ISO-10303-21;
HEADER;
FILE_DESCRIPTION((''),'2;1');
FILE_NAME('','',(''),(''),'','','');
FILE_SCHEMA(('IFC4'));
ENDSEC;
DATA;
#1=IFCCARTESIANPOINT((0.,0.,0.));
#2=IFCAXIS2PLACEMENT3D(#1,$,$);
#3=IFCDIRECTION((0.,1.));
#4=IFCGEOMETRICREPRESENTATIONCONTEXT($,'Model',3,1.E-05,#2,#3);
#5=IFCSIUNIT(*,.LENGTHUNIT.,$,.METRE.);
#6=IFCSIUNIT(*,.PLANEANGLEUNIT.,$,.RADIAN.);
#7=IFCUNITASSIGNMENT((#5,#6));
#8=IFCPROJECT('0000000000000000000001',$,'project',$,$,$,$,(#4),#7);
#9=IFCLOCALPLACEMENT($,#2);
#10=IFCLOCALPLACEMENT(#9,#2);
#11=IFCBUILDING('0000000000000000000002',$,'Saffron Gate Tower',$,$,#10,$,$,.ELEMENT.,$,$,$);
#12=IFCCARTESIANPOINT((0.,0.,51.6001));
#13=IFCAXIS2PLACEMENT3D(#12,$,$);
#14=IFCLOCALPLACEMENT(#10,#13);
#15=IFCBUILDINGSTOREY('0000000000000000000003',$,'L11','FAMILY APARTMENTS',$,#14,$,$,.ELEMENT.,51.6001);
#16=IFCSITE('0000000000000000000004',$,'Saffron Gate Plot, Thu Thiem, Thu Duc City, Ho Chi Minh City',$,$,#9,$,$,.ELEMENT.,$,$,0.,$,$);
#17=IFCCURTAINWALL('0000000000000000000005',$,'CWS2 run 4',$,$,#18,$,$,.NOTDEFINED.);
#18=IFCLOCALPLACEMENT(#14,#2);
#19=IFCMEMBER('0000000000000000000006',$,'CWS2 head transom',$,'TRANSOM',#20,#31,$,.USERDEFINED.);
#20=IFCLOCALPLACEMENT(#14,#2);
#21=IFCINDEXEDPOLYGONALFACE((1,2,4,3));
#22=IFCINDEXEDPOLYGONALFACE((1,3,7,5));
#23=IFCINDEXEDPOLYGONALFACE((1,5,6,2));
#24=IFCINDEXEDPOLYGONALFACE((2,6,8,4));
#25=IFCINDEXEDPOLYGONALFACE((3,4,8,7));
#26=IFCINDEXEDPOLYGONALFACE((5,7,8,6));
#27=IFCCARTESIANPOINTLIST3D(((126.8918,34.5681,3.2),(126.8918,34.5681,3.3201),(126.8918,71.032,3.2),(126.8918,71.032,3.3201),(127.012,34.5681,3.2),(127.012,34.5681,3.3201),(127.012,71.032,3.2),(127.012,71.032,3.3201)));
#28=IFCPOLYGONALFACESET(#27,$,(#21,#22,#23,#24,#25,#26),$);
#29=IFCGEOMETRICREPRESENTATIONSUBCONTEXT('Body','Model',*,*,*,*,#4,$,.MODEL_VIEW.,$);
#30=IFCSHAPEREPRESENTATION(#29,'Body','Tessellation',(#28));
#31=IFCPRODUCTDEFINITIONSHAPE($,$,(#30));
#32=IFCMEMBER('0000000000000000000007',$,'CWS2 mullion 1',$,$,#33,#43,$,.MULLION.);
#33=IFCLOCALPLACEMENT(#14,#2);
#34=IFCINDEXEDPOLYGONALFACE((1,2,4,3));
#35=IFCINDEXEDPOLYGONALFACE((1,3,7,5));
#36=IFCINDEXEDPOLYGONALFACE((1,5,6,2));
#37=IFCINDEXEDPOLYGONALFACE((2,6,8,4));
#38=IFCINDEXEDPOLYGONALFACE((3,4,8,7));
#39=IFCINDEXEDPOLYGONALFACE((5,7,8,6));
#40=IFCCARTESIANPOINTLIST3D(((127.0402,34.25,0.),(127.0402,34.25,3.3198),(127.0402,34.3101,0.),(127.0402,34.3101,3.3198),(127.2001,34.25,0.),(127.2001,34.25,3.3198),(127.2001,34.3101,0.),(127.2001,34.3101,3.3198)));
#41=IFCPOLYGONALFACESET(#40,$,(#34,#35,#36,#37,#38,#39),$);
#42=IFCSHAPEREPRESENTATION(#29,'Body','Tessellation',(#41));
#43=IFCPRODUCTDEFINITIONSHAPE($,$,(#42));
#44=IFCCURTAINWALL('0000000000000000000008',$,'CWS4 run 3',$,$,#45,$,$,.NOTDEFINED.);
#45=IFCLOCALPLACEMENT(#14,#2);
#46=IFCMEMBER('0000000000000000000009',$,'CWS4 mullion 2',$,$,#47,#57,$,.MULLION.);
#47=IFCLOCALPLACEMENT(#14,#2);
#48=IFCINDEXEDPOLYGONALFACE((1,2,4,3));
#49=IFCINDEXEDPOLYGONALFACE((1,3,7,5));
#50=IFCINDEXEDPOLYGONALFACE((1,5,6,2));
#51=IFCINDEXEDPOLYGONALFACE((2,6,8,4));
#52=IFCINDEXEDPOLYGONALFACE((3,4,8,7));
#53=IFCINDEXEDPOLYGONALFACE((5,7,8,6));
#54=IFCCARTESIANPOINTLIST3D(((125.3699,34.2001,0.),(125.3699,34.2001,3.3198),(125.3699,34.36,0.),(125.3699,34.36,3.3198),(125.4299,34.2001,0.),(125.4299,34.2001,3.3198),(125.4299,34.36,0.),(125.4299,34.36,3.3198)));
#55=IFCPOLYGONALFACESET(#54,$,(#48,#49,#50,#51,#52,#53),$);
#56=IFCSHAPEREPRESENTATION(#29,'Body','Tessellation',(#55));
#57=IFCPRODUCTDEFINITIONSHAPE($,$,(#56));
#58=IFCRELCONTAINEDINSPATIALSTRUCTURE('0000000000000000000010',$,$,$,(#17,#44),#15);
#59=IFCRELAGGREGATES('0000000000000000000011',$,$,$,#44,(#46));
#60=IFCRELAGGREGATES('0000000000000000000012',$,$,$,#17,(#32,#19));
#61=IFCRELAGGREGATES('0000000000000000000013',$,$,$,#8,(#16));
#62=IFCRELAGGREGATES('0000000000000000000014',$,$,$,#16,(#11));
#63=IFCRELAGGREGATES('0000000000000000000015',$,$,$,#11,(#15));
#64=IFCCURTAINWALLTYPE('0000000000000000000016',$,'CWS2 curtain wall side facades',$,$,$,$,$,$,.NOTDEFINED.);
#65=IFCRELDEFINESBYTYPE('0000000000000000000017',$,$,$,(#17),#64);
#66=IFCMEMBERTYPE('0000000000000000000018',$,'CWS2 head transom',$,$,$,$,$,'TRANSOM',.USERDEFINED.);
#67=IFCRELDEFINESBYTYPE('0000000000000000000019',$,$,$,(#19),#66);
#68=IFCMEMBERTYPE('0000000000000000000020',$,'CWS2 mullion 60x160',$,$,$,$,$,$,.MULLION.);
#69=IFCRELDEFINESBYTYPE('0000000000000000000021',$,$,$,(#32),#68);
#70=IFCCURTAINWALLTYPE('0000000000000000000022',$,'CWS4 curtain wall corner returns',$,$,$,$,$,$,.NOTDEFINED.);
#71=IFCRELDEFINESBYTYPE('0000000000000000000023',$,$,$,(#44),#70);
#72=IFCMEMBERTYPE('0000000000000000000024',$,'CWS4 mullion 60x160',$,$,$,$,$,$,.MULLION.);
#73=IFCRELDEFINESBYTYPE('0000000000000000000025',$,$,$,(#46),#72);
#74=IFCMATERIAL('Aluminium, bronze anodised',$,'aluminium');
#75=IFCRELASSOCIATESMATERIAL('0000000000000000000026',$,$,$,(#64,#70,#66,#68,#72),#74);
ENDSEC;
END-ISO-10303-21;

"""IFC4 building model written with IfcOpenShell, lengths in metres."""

from ifc_helpers import new_model, si_unit, direction, frame, origin, origin_2d, place, context, subcontext, project, spatial, rectangle, extrude, material, material_profile, profile_set, type_object, element, aggregate, save


model = new_model("IFC4")

# Units and contexts
model_context = context("Model", 3, precision=1e-05, world=origin(), true_north=direction((0.0, 1.0)))
body_context = subcontext(model_context, "Body", "Model", "MODEL_VIEW")
ifc_project = project(units=[si_unit("LENGTHUNIT", "METRE"), si_unit("PLANEANGLEUNIT", "RADIAN")], contexts=[model_context])

# Site, building, storey
site_placement = place(None, origin())
site = spatial("IfcSite", under=ifc_project, at=site_placement, Name="Saffron Gate Plot, Thu Thiem, Thu Duc City, Ho Chi Minh City", CompositionType="ELEMENT", RefElevation=0.0)
building_placement = place(site_placement, origin())
building = spatial("IfcBuilding", under=site, at=building_placement, Name="Saffron Gate Tower", CompositionType="ELEMENT")
storey_placement = place(building_placement, frame((0.0, 0.0, 51.6001)))
storey = spatial("IfcBuildingStorey", under=building, at=storey_placement, Name="L11", Description="FAMILY APARTMENTS", CompositionType="ELEMENT", Elevation=51.6001)

# Curtain wall, members
ifc_material_1 = material(Name="Aluminium, bronze anodised", Category="aluminium")
curtain_wall_type_1 = type_object("IfcCurtainWallType", Name="CWS2 curtain wall side facades", PredefinedType="NOTDEFINED", material=ifc_material_1)
curtain_wall_1_placement = place(storey_placement, origin())
curtain_wall_1 = element("IfcCurtainWall", 1, at=curtain_wall_1_placement, inside=storey, type_object=curtain_wall_type_1, Name="CWS2 run 4", PredefinedType="NOTDEFINED")
ifc_material_profile_1 = material_profile(ifc_material_1, rectangle(XDim=0.1201, YDim=0.1201, at=origin_2d()))
ifc_profile_set_1 = profile_set([ifc_material_profile_1], Name="Aluminium, bronze anodised")
member_type_1 = type_object("IfcMemberType", Name="CWS2 head transom", ElementType="TRANSOM", PredefinedType="USERDEFINED", material=ifc_profile_set_1)
member_1_placement = place(storey_placement, frame((126.9519, 34.5681, 3.26), z_axis=(0.0, 1.0, 0.0), x_axis=(-1.0, 0.0, 0.0)))
member_1 = element("IfcMember", 2, at=member_1_placement, type_object=member_type_1, Name="CWS2 head transom", ObjectType="TRANSOM", PredefinedType="USERDEFINED", context=body_context, shape_type="SweptSolid", body=[
    extrude(rectangle(XDim=0.1201, YDim=0.1201, at=origin_2d()), origin(), (0.0, 0.0, 1.0), 36.4639),
])
ifc_material_profile_2 = material_profile(ifc_material_1, rectangle(XDim=0.1599, YDim=0.0601, at=origin_2d()))
ifc_profile_set_2 = profile_set([ifc_material_profile_2], Name="Aluminium, bronze anodised")
member_type_2 = type_object("IfcMemberType", Name="CWS2 mullion 60x160", PredefinedType="MULLION", material=ifc_profile_set_2)
member_2_placement = place(storey_placement, frame((127.1201, 34.28, 0.0), z_axis=(0.0, 0.0, 1.0), x_axis=(-1.0, 0.0, 0.0)))
member_2 = element("IfcMember", 3, at=member_2_placement, type_object=member_type_2, Name="CWS2 mullion 1", PredefinedType="MULLION", context=body_context, shape_type="SweptSolid", body=[
    extrude(rectangle(XDim=0.1599, YDim=0.0601, at=origin_2d()), origin(), (0.0, 0.0, 1.0), 3.3198),
])

# Curtain wall, member
curtain_wall_type_2 = type_object("IfcCurtainWallType", Name="CWS4 curtain wall corner returns", PredefinedType="NOTDEFINED", material=ifc_material_1)
curtain_wall_2_placement = place(storey_placement, origin())
curtain_wall_2 = element("IfcCurtainWall", 4, at=curtain_wall_2_placement, inside=storey, type_object=curtain_wall_type_2, Name="CWS4 run 3", PredefinedType="NOTDEFINED")
ifc_material_profile_3 = material_profile(ifc_material_1, rectangle(XDim=0.1599, YDim=0.0601, at=origin_2d()))
ifc_profile_set_3 = profile_set([ifc_material_profile_3], Name="Aluminium, bronze anodised")
member_type_3 = type_object("IfcMemberType", Name="CWS4 mullion 60x160", PredefinedType="MULLION", material=ifc_profile_set_3)
member_3_placement = place(storey_placement, frame((125.3999, 34.28, 0.0), z_axis=(0.0, 0.0, 1.0), x_axis=(0.0, 1.0, 0.0)))
member_3 = element("IfcMember", 5, at=member_3_placement, type_object=member_type_3, Name="CWS4 mullion 2", PredefinedType="MULLION", context=body_context, shape_type="SweptSolid", body=[
    extrude(rectangle(XDim=0.1599, YDim=0.0601, at=origin_2d()), origin(), (0.0, 0.0, 1.0), 3.3198),
])
aggregate(curtain_wall_2, [member_3])

aggregate(curtain_wall_1, [member_2, member_1])

save(model, "model.ifc")
